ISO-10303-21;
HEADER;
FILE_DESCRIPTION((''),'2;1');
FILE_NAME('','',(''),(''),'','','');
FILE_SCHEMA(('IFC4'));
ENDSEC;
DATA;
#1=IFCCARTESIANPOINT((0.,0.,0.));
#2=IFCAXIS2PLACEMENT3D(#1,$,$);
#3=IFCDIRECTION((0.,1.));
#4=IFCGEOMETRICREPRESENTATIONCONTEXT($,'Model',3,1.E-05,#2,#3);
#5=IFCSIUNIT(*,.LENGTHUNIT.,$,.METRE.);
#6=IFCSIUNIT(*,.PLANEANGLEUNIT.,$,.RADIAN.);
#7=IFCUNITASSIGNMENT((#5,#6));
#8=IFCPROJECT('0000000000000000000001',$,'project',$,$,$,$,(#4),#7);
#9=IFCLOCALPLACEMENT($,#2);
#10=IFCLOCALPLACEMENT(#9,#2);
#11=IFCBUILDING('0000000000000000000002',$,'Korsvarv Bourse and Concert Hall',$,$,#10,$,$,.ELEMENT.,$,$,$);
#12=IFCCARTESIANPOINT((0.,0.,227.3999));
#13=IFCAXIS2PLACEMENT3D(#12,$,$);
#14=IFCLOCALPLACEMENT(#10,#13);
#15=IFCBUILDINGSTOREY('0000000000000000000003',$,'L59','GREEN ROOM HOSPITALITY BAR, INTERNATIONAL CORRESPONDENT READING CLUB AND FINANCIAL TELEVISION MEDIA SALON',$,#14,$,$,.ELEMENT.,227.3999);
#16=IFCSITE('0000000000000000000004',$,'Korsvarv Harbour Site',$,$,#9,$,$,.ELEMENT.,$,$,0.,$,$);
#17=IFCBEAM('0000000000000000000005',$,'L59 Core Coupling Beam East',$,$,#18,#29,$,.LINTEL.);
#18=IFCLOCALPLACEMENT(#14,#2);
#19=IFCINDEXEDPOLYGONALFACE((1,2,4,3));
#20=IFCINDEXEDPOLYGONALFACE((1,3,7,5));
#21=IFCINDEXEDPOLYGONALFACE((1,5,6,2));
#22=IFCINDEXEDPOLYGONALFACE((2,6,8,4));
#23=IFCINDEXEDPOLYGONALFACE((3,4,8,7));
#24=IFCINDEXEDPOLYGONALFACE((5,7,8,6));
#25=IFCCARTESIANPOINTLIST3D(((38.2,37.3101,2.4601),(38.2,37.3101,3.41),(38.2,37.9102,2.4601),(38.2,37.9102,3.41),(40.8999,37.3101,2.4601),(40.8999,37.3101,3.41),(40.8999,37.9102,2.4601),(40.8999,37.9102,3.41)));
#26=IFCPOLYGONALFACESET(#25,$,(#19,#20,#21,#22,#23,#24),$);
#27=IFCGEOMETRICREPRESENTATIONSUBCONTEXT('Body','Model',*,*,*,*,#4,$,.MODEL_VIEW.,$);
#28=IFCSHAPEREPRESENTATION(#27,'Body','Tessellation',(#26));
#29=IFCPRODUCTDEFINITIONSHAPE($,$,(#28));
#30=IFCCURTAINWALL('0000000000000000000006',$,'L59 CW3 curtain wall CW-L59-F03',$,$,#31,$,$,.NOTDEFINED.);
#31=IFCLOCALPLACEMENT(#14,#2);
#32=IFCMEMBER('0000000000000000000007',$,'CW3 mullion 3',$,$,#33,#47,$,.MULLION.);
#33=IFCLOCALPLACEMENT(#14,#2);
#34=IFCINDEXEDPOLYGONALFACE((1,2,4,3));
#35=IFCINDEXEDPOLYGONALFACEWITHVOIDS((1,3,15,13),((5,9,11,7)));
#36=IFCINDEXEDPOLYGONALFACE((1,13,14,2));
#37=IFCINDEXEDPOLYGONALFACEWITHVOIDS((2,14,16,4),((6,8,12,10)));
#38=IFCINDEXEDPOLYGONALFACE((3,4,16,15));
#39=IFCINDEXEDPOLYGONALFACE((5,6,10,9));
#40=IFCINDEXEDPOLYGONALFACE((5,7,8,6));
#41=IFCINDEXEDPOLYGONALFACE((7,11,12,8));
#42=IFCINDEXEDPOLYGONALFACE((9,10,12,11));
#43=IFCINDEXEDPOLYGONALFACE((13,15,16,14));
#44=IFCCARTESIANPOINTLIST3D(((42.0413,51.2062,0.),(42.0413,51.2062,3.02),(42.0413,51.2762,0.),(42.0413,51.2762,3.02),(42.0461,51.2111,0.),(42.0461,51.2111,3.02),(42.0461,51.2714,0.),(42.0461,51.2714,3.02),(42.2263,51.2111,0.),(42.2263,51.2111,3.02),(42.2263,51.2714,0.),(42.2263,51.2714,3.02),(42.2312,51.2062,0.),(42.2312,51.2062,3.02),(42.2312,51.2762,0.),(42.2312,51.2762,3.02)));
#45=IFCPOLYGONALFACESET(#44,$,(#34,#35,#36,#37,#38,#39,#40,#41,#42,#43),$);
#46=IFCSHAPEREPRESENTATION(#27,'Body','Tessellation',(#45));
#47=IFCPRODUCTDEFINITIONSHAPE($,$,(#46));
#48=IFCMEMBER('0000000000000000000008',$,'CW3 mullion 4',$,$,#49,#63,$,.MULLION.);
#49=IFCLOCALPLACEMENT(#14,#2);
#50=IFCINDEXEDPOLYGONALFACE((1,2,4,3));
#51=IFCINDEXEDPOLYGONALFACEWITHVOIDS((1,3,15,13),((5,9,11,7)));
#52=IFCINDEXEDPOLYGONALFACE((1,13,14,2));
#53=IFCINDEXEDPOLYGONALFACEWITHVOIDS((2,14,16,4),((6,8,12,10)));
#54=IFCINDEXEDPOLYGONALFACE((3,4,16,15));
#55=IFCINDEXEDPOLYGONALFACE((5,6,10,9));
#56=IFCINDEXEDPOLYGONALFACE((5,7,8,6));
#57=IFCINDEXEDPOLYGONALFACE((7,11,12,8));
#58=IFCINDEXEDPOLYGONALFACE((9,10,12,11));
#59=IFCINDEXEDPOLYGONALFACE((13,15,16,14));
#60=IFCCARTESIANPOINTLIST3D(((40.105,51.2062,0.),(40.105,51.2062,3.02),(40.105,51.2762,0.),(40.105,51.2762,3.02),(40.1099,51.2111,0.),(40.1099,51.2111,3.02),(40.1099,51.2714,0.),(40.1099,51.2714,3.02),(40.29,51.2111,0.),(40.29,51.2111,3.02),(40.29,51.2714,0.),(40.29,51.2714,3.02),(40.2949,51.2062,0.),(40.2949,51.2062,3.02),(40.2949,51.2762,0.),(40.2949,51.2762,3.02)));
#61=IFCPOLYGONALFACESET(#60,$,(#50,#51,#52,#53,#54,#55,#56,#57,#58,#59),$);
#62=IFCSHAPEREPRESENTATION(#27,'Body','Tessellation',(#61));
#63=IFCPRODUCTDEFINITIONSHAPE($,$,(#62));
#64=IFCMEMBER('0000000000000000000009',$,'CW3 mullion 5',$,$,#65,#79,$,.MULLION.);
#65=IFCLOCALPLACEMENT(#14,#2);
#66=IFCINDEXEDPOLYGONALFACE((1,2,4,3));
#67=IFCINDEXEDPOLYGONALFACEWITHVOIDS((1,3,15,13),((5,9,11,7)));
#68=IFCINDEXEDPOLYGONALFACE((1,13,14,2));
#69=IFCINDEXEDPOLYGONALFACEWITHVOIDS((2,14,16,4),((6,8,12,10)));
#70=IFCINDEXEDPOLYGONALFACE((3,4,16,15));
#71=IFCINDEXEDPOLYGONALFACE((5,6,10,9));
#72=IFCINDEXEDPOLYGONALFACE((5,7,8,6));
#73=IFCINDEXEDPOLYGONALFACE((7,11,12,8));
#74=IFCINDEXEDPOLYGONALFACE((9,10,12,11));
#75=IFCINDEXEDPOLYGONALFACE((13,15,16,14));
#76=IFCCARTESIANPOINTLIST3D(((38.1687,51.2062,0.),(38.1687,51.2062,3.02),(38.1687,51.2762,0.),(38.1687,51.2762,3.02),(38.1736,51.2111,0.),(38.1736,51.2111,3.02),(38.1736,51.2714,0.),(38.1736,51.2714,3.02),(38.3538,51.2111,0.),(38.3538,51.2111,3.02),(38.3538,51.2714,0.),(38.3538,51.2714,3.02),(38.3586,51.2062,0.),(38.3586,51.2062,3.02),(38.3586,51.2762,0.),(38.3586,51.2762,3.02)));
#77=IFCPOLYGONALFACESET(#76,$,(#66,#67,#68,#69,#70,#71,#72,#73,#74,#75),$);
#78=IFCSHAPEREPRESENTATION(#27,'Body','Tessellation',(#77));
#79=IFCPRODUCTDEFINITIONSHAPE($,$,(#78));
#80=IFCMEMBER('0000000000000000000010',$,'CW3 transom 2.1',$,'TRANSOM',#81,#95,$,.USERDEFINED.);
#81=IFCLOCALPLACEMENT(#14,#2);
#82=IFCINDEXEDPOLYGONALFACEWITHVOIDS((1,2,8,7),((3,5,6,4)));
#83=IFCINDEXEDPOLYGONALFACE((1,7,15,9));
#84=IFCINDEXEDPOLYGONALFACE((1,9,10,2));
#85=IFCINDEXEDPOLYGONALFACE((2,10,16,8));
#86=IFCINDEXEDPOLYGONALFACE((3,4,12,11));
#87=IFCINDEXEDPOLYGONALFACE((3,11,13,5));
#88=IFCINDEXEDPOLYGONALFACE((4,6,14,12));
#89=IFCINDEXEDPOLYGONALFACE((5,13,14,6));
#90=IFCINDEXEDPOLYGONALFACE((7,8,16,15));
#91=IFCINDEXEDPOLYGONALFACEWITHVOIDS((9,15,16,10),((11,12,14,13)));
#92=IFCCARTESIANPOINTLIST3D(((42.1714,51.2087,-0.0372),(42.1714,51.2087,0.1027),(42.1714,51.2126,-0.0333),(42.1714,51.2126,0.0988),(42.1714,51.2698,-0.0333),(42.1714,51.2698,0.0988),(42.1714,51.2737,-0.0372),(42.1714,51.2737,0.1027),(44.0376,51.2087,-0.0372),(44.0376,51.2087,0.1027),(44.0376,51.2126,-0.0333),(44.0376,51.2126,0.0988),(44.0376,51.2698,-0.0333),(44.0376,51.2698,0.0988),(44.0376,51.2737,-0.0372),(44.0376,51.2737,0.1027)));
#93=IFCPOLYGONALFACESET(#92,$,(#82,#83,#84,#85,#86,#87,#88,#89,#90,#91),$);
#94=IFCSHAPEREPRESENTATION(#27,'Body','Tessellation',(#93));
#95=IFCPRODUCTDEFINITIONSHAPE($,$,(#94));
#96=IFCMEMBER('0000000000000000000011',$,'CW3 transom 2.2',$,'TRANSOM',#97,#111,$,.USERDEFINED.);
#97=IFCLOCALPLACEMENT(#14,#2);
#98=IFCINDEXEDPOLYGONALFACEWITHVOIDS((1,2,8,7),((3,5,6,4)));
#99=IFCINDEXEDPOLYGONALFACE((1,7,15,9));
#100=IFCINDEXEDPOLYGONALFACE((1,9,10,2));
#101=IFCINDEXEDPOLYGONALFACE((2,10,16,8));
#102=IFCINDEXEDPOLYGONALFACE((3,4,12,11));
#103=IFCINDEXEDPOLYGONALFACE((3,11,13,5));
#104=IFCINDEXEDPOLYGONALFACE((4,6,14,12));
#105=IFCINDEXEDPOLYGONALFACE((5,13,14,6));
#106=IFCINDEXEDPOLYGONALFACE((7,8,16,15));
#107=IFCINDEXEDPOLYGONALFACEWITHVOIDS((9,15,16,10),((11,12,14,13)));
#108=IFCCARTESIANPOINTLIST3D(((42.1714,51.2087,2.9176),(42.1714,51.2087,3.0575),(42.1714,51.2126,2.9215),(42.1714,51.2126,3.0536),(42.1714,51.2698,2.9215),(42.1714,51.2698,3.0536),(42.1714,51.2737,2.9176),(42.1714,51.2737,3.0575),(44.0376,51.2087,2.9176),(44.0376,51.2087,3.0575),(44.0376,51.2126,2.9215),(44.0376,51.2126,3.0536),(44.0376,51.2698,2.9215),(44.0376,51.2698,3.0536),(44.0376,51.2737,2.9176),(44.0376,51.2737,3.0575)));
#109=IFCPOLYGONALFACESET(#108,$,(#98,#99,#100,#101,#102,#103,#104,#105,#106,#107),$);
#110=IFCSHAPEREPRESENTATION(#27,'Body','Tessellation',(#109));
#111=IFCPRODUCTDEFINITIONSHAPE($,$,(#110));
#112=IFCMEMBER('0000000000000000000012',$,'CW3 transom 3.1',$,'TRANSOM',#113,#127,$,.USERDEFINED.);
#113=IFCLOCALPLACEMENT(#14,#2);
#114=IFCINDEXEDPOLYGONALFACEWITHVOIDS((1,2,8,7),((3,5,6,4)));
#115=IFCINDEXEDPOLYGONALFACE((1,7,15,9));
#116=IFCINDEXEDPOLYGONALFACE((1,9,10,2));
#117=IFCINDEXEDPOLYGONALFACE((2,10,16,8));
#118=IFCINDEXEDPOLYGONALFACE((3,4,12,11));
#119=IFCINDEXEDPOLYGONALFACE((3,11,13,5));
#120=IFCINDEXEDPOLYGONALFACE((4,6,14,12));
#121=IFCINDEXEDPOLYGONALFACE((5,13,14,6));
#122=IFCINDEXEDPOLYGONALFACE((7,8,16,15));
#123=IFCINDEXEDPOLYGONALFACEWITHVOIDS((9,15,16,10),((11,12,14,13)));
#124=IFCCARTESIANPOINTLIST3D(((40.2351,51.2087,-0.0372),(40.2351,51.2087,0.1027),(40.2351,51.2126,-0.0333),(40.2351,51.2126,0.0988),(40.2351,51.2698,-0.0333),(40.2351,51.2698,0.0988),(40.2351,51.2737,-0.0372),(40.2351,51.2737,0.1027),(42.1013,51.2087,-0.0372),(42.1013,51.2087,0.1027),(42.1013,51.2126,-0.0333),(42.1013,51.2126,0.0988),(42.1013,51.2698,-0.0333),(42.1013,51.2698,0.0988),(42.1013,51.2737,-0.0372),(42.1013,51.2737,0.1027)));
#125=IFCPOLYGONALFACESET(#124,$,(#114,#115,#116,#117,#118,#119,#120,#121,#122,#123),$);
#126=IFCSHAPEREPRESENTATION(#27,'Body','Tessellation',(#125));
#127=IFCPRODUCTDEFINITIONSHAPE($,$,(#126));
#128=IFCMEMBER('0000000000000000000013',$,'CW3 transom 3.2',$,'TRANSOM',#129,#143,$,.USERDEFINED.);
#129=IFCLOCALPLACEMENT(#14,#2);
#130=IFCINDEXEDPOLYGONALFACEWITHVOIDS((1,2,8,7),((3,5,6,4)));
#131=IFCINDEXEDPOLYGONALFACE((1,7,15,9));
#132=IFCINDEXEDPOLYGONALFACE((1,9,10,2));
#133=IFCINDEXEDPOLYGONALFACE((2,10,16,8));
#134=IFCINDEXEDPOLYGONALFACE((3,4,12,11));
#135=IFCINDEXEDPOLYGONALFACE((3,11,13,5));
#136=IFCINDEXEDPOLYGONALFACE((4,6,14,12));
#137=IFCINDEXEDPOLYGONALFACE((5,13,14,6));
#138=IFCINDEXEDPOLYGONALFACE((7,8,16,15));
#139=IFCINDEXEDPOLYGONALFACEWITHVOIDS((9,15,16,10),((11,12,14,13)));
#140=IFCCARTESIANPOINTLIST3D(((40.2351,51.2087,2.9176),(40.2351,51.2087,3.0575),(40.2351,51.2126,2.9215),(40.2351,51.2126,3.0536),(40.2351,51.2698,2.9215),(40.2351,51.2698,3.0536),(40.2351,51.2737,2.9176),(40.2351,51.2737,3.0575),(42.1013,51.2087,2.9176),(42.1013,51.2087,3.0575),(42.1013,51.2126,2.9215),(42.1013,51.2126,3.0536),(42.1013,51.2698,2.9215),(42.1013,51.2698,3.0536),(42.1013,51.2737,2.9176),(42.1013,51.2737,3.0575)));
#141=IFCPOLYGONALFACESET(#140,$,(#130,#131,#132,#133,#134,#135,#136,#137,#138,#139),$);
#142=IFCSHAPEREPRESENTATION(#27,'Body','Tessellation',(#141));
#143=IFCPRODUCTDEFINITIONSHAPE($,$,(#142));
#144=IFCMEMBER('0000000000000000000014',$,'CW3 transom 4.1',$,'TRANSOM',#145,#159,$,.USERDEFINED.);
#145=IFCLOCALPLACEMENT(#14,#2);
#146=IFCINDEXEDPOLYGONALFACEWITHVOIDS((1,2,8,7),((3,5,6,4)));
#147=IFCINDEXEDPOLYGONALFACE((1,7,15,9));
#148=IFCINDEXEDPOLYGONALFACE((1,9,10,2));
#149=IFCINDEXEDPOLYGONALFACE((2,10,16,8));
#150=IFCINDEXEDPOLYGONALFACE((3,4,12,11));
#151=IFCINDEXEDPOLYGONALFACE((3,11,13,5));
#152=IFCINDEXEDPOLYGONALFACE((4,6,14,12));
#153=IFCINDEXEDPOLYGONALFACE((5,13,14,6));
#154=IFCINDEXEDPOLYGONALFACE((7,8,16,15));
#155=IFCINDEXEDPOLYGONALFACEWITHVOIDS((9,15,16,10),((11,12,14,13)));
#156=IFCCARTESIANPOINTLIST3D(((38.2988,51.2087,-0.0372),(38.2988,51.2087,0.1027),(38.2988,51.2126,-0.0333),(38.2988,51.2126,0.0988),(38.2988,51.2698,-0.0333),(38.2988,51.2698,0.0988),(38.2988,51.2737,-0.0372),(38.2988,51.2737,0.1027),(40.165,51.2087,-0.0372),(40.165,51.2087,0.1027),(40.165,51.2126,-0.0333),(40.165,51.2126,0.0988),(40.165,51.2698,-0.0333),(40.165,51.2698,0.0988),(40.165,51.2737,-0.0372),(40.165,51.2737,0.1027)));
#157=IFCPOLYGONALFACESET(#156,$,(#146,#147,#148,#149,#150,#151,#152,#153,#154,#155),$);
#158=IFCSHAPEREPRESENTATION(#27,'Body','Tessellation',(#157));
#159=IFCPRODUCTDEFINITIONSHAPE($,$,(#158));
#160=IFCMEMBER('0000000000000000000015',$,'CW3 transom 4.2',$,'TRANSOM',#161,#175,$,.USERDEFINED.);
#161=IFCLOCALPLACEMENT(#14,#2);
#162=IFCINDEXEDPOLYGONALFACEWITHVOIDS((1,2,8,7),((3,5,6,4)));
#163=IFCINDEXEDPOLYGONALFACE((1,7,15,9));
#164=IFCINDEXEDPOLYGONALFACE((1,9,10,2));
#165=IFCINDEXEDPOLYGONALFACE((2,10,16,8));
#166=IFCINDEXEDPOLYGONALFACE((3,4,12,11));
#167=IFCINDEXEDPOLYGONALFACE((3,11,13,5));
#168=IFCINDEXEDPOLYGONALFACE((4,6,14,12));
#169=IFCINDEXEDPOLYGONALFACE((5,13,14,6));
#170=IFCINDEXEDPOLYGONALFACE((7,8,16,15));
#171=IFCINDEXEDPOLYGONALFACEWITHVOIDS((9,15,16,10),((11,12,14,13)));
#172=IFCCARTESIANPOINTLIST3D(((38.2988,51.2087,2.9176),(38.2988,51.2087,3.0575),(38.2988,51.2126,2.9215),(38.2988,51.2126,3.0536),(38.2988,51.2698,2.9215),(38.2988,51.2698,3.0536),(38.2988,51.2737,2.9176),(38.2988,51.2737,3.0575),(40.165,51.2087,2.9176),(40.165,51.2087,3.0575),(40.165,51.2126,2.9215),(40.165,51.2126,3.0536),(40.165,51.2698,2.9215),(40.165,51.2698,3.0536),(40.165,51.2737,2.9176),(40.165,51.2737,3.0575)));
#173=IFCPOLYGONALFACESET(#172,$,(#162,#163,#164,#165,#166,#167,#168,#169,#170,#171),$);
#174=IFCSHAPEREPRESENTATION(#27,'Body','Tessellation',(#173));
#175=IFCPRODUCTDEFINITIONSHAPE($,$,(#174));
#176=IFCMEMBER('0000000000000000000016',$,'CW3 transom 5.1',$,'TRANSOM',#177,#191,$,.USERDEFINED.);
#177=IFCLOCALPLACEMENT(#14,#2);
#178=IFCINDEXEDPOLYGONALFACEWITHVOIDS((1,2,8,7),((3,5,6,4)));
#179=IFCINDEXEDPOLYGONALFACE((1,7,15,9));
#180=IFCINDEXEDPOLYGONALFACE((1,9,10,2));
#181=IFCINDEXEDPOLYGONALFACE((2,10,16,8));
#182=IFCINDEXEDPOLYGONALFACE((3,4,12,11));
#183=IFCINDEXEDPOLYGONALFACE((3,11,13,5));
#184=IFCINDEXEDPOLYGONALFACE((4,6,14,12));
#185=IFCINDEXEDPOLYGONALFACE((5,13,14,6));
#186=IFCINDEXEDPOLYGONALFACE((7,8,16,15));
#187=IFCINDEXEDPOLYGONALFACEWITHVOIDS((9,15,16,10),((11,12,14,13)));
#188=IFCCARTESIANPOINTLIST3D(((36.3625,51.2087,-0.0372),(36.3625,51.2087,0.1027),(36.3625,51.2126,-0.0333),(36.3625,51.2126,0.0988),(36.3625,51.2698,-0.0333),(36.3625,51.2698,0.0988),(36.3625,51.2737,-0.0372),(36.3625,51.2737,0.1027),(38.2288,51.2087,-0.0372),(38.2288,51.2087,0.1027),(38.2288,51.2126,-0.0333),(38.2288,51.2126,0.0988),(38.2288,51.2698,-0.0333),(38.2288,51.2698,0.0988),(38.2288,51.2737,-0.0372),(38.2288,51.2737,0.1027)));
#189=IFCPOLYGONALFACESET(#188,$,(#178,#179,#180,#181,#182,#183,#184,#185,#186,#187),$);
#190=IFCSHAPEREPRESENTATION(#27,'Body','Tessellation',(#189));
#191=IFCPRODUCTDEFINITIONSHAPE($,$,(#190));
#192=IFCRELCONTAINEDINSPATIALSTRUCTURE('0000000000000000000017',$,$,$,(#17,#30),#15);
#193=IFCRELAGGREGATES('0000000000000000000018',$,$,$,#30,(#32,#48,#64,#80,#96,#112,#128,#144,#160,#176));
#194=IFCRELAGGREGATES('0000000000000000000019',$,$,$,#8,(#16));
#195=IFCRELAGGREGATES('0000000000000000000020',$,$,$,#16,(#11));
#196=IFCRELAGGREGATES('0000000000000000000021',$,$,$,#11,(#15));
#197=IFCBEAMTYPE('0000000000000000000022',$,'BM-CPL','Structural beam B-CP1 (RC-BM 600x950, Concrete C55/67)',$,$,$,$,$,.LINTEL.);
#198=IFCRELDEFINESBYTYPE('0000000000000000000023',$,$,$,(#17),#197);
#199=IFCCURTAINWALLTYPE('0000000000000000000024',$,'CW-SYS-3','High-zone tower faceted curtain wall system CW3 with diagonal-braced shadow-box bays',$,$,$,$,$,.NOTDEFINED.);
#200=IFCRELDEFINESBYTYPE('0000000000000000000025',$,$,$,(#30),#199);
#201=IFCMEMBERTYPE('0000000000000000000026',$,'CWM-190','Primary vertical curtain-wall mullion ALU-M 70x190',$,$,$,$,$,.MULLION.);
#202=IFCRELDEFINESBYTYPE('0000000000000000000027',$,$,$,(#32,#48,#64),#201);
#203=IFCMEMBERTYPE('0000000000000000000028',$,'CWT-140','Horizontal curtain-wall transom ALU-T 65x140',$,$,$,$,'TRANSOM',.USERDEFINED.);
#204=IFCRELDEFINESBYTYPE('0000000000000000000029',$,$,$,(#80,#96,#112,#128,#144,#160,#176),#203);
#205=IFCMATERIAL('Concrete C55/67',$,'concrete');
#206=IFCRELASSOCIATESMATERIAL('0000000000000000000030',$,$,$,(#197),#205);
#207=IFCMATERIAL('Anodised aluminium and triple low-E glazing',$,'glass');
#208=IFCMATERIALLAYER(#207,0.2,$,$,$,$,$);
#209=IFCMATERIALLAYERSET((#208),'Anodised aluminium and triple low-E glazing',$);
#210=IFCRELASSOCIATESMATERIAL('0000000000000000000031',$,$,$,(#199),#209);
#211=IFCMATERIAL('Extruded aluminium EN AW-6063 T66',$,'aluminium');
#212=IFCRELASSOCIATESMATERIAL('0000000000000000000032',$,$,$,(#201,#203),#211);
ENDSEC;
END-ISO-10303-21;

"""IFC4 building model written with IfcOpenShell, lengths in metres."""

from ifc_helpers import new_model, si_unit, direction, frame, origin, origin_2d, place, context, subcontext, project, spatial, rectangle, hollow_rectangle, extrude, source, transform, mapped, material, layer, layer_set, material_profile, profile_set, type_object, element, aggregate, save


model = new_model("IFC4")

# Units and contexts
model_context = context("Model", 3, precision=1e-05, world=origin(), true_north=direction((0.0, 1.0)))
body_context = subcontext(model_context, "Body", "Model", "MODEL_VIEW")
ifc_project = project(units=[si_unit("LENGTHUNIT", "METRE"), si_unit("PLANEANGLEUNIT", "RADIAN")], contexts=[model_context])

# Site, building, storey
site_placement = place(None, origin())
site = spatial("IfcSite", under=ifc_project, at=site_placement, Name="Korsvarv Harbour Site", CompositionType="ELEMENT", RefElevation=0.0)
building_placement = place(site_placement, origin())
building = spatial("IfcBuilding", under=site, at=building_placement, Name="Korsvarv Bourse and Concert Hall", CompositionType="ELEMENT")
storey_placement = place(building_placement, frame((0.0, 0.0, 227.3999)))
storey = spatial("IfcBuildingStorey", under=building, at=storey_placement, Name="L59", Description="GREEN ROOM HOSPITALITY BAR, INTERNATIONAL CORRESPONDENT READING CLUB AND FINANCIAL TELEVISION MEDIA SALON", CompositionType="ELEMENT", Elevation=227.3999)

# Beam
ifc_material_1 = material(Name="Concrete C55/67", Category="concrete")
ifc_material_profile_1 = material_profile(ifc_material_1, rectangle(XDim=0.6001, YDim=0.95, at=origin_2d()), Name="RC-BM 600x950")
ifc_profile_set_1 = profile_set([ifc_material_profile_1], Name="Concrete C55/67")
beam_type = type_object("IfcBeamType", Name="BM-CPL", Description="Structural beam B-CP1 (RC-BM 600x950, Concrete C55/67)", PredefinedType="LINTEL", material=ifc_profile_set_1)
shared_shape_1 = source(origin(), body_context, "Body", "SweptSolid", [
    extrude(rectangle(XDim=0.6001, YDim=0.95, at=origin_2d()), origin(), (0.0, 0.0, 1.0), 2.7),
])
beam_placement = place(storey_placement, frame((38.2, 37.6101, 2.9351), z_axis=(1.0, 0.0, 0.0), x_axis=(0.0, 1.0, 0.0)))
element("IfcBeam", 1, at=beam_placement, inside=storey, type_object=beam_type, Name="L59 Core Coupling Beam East", PredefinedType="LINTEL", context=body_context, shape_type="MappedRepresentation", body=[
    mapped(shared_shape_1, transform((0.0, 0.0, 0.0), scale=1.0)),
])

# Curtain wall, members
ifc_material_2 = material(Name="Anodised aluminium and triple low-E glazing", Category="glass")
ifc_layer_1 = layer(ifc_material_2, 0.2)
ifc_layer_set_1 = layer_set([ifc_layer_1], Name="Anodised aluminium and triple low-E glazing")
curtain_wall_type = type_object("IfcCurtainWallType", Name="CW-SYS-3", Description="High-zone tower faceted curtain wall system CW3 with diagonal-braced shadow-box bays", PredefinedType="NOTDEFINED", material=ifc_layer_set_1)
curtain_wall_placement = place(storey_placement, origin())
curtain_wall = element("IfcCurtainWall", 2, at=curtain_wall_placement, inside=storey, type_object=curtain_wall_type, Name="L59 CW3 curtain wall CW-L59-F03", PredefinedType="NOTDEFINED")
ifc_material_3 = material(Name="Extruded aluminium EN AW-6063 T66", Category="aluminium")
ifc_material_profile_2 = material_profile(ifc_material_3, hollow_rectangle(XDim=0.0701, YDim=0.1899, WallThickness=0.0049, at=origin_2d()), Name="ALU-M 70x190")
ifc_profile_set_2 = profile_set([ifc_material_profile_2], Name="Extruded aluminium EN AW-6063 T66")
member_type_1 = type_object("IfcMemberType", Name="CWM-190", Description="Primary vertical curtain-wall mullion ALU-M 70x190", PredefinedType="MULLION", material=ifc_profile_set_2)
shared_shape_2 = source(origin(), body_context, "Body", "SweptSolid", [
    extrude(hollow_rectangle(XDim=0.0701, YDim=0.1899, WallThickness=0.0049, at=origin_2d()), origin(), (0.0, 0.0, 1.0), 3.02),
])
member_1_placement = place(storey_placement, frame((42.1362, 51.2412, 0.0), z_axis=(0.0, 0.0, 1.0), x_axis=(0.0, -1.0, 0.0)))
member_1 = element("IfcMember", 3, at=member_1_placement, type_object=member_type_1, Name="CW3 mullion 3", PredefinedType="MULLION", context=body_context, shape_type="MappedRepresentation", body=[
    mapped(shared_shape_2, transform((0.0, 0.0, 0.0), scale=1.0)),
])
member_2_placement = place(storey_placement, frame((40.2, 51.2412, 0.0), z_axis=(0.0, 0.0, 1.0), x_axis=(0.0, -1.0, 0.0)))
member_2 = element("IfcMember", 4, at=member_2_placement, type_object=member_type_1, Name="CW3 mullion 4", PredefinedType="MULLION", context=body_context, shape_type="MappedRepresentation", body=[
    mapped(shared_shape_2, transform((0.0, 0.0, 0.0), scale=1.0)),
])
member_3_placement = place(storey_placement, frame((38.2637, 51.2412, 0.0), z_axis=(0.0, 0.0, 1.0), x_axis=(0.0, -1.0, 0.0)))
member_3 = element("IfcMember", 5, at=member_3_placement, type_object=member_type_1, Name="CW3 mullion 5", PredefinedType="MULLION", context=body_context, shape_type="MappedRepresentation", body=[
    mapped(shared_shape_2, transform((0.0, 0.0, 0.0), scale=1.0)),
])
ifc_material_profile_3 = material_profile(ifc_material_3, hollow_rectangle(XDim=0.0649, YDim=0.1399, WallThickness=0.0039, at=origin_2d()), Name="ALU-T 65x140")
ifc_profile_set_3 = profile_set([ifc_material_profile_3], Name="Extruded aluminium EN AW-6063 T66")
member_type_2 = type_object("IfcMemberType", Name="CWT-140", Description="Horizontal curtain-wall transom ALU-T 65x140", ElementType="TRANSOM", PredefinedType="USERDEFINED", material=ifc_profile_set_3)
shared_shape_3 = source(origin(), body_context, "Body", "SweptSolid", [
    extrude(hollow_rectangle(XDim=0.0649, YDim=0.1399, WallThickness=0.0039, at=origin_2d()), origin(), (0.0, 0.0, 1.0), 1.8662),
])
member_4_placement = place(storey_placement, frame((44.0376, 51.2412, 0.0327), z_axis=(-1.0, 0.0, 0.0), x_axis=(0.0, -1.0, 0.0)))
member_4 = element("IfcMember", 6, at=member_4_placement, type_object=member_type_2, Name="CW3 transom 2.1", ObjectType="TRANSOM", PredefinedType="USERDEFINED", context=body_context, shape_type="MappedRepresentation", body=[
    mapped(shared_shape_3, transform((0.0, 0.0, 0.0), scale=1.0)),
])
member_5_placement = place(storey_placement, frame((44.0376, 51.2412, 2.9875), z_axis=(-1.0, 0.0, 0.0), x_axis=(0.0, -1.0, 0.0)))
member_5 = element("IfcMember", 7, at=member_5_placement, type_object=member_type_2, Name="CW3 transom 2.2", ObjectType="TRANSOM", PredefinedType="USERDEFINED", context=body_context, shape_type="MappedRepresentation", body=[
    mapped(shared_shape_3, transform((0.0, 0.0, 0.0), scale=1.0)),
])
member_6_placement = place(storey_placement, frame((42.1013, 51.2412, 0.0327), z_axis=(-1.0, 0.0, 0.0), x_axis=(0.0, -1.0, 0.0)))
member_6 = element("IfcMember", 8, at=member_6_placement, type_object=member_type_2, Name="CW3 transom 3.1", ObjectType="TRANSOM", PredefinedType="USERDEFINED", context=body_context, shape_type="MappedRepresentation", body=[
    mapped(shared_shape_3, transform((0.0, 0.0, 0.0), scale=1.0)),
])
member_7_placement = place(storey_placement, frame((42.1013, 51.2412, 2.9875), z_axis=(-1.0, 0.0, 0.0), x_axis=(0.0, -1.0, 0.0)))
member_7 = element("IfcMember", 9, at=member_7_placement, type_object=member_type_2, Name="CW3 transom 3.2", ObjectType="TRANSOM", PredefinedType="USERDEFINED", context=body_context, shape_type="MappedRepresentation", body=[
    mapped(shared_shape_3, transform((0.0, 0.0, 0.0), scale=1.0)),
])
member_8_placement = place(storey_placement, frame((40.165, 51.2412, 0.0327), z_axis=(-1.0, 0.0, 0.0), x_axis=(0.0, -1.0, 0.0)))
member_8 = element("IfcMember", 10, at=member_8_placement, type_object=member_type_2, Name="CW3 transom 4.1", ObjectType="TRANSOM", PredefinedType="USERDEFINED", context=body_context, shape_type="MappedRepresentation", body=[
    mapped(shared_shape_3, transform((0.0, 0.0, 0.0), scale=1.0)),
])
member_9_placement = place(storey_placement, frame((40.165, 51.2412, 2.9875), z_axis=(-1.0, 0.0, 0.0), x_axis=(0.0, -1.0, 0.0)))
member_9 = element("IfcMember", 11, at=member_9_placement, type_object=member_type_2, Name="CW3 transom 4.2", ObjectType="TRANSOM", PredefinedType="USERDEFINED", context=body_context, shape_type="MappedRepresentation", body=[
    mapped(shared_shape_3, transform((0.0, 0.0, 0.0), scale=1.0)),
])
member_10_placement = place(storey_placement, frame((38.2288, 51.2412, 0.0327), z_axis=(-1.0, 0.0, 0.0), x_axis=(0.0, -1.0, 0.0)))
member_10 = element("IfcMember", 12, at=member_10_placement, type_object=member_type_2, Name="CW3 transom 5.1", ObjectType="TRANSOM", PredefinedType="USERDEFINED", context=body_context, shape_type="MappedRepresentation", body=[
    mapped(shared_shape_3, transform((0.0, 0.0, 0.0), scale=1.0)),
])
aggregate(curtain_wall, [member_1, member_2, member_3, member_4, member_5, member_6, member_7, member_8, member_9, member_10])

save(model, "model.ifc")
